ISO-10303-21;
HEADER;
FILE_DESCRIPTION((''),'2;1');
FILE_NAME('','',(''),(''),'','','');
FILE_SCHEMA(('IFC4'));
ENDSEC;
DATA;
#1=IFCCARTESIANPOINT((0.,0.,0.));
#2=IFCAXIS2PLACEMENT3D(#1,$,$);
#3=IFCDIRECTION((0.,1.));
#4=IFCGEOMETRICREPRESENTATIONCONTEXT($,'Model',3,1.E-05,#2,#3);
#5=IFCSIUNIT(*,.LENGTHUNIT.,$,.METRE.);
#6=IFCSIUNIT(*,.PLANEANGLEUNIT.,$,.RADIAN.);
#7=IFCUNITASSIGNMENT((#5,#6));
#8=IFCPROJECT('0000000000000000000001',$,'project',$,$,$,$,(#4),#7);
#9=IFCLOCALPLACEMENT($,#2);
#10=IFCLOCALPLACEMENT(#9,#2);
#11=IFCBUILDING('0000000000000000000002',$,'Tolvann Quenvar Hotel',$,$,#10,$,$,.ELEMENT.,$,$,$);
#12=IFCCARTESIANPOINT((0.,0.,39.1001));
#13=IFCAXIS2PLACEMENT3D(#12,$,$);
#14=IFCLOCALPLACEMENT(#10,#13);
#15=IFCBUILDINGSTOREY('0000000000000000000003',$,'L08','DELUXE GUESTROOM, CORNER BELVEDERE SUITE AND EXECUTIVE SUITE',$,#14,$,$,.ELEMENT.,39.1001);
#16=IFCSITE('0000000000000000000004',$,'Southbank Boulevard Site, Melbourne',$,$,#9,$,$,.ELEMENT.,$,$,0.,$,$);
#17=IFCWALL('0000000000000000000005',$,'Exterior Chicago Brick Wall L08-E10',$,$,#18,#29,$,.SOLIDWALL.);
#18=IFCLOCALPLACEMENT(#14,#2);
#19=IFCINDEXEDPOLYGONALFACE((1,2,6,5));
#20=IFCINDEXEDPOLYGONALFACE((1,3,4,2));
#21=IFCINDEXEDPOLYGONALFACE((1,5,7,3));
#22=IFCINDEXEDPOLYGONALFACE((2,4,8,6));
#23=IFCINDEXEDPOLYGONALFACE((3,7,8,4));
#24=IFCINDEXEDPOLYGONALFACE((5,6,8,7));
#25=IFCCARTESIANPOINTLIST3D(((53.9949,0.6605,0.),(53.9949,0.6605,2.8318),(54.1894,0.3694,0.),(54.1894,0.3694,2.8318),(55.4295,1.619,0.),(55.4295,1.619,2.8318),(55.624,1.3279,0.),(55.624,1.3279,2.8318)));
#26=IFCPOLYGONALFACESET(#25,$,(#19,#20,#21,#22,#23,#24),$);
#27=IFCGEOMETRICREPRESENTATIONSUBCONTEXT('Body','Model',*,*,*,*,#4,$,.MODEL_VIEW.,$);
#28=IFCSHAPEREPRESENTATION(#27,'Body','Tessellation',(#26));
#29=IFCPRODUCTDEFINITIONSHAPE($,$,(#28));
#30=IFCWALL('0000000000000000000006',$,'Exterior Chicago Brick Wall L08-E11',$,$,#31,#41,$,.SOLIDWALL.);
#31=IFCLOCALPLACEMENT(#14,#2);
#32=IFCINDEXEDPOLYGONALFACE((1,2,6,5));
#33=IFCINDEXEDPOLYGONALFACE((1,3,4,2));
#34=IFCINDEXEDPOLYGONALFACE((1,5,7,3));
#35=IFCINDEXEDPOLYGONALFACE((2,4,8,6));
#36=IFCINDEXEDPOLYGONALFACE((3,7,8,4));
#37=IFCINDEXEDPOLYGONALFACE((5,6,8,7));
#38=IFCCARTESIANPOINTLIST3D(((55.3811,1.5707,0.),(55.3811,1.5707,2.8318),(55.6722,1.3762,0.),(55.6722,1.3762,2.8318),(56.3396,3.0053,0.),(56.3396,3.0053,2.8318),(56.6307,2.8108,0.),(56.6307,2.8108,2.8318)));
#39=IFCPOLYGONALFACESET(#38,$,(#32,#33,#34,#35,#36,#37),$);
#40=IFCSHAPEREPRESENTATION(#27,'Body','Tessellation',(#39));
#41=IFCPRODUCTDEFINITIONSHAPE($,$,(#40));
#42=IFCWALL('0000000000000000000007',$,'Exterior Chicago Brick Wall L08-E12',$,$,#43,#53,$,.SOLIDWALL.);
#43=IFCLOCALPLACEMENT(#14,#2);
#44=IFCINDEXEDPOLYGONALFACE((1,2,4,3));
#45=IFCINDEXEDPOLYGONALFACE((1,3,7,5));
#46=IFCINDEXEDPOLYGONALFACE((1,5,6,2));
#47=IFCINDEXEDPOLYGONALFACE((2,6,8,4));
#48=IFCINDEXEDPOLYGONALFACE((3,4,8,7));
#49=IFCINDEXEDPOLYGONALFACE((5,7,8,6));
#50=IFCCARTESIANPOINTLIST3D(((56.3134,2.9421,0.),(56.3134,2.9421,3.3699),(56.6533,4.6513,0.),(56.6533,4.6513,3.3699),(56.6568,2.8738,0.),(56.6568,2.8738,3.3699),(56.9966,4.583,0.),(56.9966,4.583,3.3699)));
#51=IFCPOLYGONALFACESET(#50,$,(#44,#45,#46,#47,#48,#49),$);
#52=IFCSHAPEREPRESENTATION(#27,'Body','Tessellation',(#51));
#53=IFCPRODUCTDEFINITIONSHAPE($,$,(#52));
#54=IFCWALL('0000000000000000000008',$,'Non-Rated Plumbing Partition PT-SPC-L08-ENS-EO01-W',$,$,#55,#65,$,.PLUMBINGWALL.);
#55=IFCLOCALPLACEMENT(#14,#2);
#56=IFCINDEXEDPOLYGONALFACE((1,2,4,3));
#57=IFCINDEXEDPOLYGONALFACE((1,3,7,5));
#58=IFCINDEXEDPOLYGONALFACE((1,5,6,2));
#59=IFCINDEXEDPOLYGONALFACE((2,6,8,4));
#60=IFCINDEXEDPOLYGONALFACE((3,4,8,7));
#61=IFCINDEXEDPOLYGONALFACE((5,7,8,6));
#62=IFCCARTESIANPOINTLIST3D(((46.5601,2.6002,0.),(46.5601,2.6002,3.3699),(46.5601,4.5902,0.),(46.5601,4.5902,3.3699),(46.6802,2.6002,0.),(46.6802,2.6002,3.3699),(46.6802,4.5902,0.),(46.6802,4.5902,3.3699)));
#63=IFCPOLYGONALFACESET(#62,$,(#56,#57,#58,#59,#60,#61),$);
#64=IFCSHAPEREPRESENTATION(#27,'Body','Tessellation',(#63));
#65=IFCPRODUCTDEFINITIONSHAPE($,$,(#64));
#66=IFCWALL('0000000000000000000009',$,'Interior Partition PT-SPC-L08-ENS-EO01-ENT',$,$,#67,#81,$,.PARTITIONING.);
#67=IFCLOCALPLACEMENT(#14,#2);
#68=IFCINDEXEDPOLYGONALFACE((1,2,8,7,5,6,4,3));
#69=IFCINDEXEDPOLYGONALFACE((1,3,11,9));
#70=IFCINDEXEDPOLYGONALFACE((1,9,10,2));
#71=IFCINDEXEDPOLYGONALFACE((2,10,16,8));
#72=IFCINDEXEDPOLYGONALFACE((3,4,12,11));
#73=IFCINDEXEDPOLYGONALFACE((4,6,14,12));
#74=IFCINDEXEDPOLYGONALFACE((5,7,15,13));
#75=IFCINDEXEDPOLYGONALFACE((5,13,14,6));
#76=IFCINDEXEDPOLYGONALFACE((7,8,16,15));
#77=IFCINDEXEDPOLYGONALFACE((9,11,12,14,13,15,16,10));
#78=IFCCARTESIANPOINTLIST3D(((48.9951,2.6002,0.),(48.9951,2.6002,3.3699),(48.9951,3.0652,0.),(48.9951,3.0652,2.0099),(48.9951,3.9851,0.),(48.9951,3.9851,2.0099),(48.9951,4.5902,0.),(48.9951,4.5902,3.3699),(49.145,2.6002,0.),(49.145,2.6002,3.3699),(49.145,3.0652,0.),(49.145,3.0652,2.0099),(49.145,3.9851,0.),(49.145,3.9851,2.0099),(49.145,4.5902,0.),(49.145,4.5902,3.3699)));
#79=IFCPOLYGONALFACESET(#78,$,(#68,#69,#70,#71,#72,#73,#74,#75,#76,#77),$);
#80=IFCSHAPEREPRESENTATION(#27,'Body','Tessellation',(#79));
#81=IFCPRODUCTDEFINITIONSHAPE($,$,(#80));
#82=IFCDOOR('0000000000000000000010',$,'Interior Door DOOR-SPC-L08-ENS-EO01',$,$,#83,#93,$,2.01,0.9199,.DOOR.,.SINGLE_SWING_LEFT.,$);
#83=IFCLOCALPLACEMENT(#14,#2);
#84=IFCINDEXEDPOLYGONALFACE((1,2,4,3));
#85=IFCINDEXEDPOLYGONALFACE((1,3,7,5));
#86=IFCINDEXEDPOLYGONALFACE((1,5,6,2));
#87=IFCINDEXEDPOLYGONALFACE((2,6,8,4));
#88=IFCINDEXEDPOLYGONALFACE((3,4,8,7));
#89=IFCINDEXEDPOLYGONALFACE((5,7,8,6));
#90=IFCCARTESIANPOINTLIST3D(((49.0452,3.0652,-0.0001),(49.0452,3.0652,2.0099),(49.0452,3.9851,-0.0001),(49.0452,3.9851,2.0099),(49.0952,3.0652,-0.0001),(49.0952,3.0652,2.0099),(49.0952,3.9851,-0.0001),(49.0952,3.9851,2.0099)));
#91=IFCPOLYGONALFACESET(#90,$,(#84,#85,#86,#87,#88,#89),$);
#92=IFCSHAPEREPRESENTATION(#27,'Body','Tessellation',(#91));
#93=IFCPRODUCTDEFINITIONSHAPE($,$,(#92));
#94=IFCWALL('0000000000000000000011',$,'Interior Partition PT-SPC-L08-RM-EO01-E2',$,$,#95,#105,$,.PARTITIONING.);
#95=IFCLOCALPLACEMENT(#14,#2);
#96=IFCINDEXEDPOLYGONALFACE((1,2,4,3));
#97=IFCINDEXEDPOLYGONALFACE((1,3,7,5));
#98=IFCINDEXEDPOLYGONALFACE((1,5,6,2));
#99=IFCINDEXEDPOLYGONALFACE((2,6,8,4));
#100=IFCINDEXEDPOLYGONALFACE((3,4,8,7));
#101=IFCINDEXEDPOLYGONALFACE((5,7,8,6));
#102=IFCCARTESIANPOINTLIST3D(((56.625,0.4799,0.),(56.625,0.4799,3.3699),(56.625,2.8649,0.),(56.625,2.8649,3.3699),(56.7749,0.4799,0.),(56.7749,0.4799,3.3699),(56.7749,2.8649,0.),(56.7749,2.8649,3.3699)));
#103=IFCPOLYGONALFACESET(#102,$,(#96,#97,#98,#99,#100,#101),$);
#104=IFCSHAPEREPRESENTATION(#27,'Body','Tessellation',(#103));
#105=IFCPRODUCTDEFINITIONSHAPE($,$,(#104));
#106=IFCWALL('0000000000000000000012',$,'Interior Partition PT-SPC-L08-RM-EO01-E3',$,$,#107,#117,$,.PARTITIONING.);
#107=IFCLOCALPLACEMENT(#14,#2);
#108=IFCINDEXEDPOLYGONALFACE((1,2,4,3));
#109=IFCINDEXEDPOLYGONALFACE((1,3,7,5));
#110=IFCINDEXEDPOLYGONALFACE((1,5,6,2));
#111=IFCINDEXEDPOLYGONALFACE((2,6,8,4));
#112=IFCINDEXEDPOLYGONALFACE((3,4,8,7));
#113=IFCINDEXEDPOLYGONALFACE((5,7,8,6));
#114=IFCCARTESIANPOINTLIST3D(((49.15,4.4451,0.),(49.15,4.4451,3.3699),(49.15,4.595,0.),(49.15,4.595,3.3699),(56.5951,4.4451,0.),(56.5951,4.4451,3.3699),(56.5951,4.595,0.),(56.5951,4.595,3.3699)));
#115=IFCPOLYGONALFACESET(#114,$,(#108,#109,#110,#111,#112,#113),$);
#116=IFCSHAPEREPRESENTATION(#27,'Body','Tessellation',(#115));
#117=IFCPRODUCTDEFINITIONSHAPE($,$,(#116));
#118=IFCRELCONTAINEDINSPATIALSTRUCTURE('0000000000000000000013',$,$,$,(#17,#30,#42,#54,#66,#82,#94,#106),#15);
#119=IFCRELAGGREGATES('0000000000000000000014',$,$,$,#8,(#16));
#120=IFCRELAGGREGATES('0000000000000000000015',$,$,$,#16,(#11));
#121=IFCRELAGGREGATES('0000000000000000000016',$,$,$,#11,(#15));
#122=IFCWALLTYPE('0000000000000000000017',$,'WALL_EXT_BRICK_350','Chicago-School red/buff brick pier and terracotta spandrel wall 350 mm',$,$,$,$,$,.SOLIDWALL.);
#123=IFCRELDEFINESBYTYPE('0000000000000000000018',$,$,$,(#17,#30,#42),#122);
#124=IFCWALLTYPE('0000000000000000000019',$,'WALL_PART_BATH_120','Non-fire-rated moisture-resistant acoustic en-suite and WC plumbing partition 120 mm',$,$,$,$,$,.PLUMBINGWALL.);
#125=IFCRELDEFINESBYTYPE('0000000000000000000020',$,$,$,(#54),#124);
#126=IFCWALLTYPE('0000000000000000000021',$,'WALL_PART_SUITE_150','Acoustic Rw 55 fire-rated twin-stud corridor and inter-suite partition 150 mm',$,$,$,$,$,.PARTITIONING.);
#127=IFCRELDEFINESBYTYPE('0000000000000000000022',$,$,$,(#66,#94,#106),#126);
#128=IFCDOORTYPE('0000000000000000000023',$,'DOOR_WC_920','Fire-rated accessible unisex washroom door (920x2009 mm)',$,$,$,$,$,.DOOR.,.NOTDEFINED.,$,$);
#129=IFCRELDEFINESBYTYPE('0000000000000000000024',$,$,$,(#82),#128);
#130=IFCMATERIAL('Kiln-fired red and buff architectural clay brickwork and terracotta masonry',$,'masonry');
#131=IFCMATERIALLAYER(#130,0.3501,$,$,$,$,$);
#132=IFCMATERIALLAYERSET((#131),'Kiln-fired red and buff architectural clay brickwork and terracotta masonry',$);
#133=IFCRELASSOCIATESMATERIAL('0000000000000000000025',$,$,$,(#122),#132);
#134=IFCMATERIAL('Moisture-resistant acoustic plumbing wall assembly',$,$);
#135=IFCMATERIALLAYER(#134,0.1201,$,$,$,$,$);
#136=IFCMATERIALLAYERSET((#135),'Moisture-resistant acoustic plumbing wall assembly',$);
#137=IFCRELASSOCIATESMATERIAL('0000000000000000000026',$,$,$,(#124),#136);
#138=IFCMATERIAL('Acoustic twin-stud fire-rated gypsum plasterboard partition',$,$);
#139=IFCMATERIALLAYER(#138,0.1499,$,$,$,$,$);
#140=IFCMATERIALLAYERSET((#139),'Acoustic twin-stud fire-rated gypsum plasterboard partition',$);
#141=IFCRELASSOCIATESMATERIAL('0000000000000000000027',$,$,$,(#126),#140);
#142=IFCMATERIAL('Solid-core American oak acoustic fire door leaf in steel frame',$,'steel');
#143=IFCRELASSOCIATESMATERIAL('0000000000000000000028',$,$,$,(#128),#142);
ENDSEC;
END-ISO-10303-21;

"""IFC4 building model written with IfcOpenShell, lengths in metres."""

from ifc_helpers import new_model, si_unit, direction, frame, frame_2d, origin, place, context, subcontext, project, spatial, rectangle, extrude, source, transform, mapped, material, layer, layer_set, type_object, type_shapes, element, fill, save


model = new_model("IFC4")

# Units and contexts
model_context = context("Model", 3, precision=1e-05, world=origin(), true_north=direction((0.0, 1.0)))
body_context = subcontext(model_context, "Body", "Model", "MODEL_VIEW")
ifc_project = project(units=[si_unit("LENGTHUNIT", "METRE"), si_unit("PLANEANGLEUNIT", "RADIAN")], contexts=[model_context])

# Site, building, storey
site_placement = place(None, origin())
site = spatial("IfcSite", under=ifc_project, at=site_placement, Name="Southbank Boulevard Site, Melbourne", CompositionType="ELEMENT", RefElevation=0.0)
building_placement = place(site_placement, origin())
building = spatial("IfcBuilding", under=site, at=building_placement, Name="Tolvann Quenvar Hotel", CompositionType="ELEMENT")
storey_placement = place(building_placement, frame((0.0, 0.0, 39.1001)))
storey = spatial("IfcBuildingStorey", under=building, at=storey_placement, Name="L08", Description="DELUXE GUESTROOM, CORNER BELVEDERE SUITE AND EXECUTIVE SUITE", CompositionType="ELEMENT", Elevation=39.1001)

# Walls
ifc_material_1 = material(Name="Kiln-fired red and buff architectural clay brickwork and terracotta masonry", Category="masonry")
ifc_layer_1 = layer(ifc_material_1, 0.3501)
ifc_layer_set_1 = layer_set([ifc_layer_1], Name="Kiln-fired red and buff architectural clay brickwork and terracotta masonry")
wall_type_1 = type_object("IfcWallType", Name="WALL_EXT_BRICK_350", Description="Chicago-School red/buff brick pier and terracotta spandrel wall 350 mm", PredefinedType="SOLIDWALL", material=ifc_layer_set_1)
for number, where, z_axis, x_axis, name in (
    (1, (54.092, 0.5149, 0.0), (0.0, 0.0, 1.0), (0.831484, 0.555549, 0.0), "Exterior Chicago Brick Wall L08-E10"),
    (2, (55.5266, 1.4734, 0.0), (0.0, 0.0, 1.0), (0.555549, 0.831484, 0.0), "Exterior Chicago Brick Wall L08-E11"),
):
    element("IfcWall", number, at=place(storey_placement, frame(where, z_axis=z_axis, x_axis=x_axis)), inside=storey, type_object=wall_type_1, Name=name, PredefinedType="SOLIDWALL", context=body_context, shape_type="SweptSolid", body=[
        extrude(rectangle(XDim=1.7253, YDim=0.3501, at=frame_2d((0.8628, 0.0))), origin(), (0.0, 0.0, 1.0), 2.8318),
    ])
wall_1_placement = place(storey_placement, frame((56.4851, 2.908, 0.0), z_axis=(0.0, 0.0, 1.0), x_axis=(0.195011, 0.980801, 0.0)))
element("IfcWall", 3, at=wall_1_placement, inside=storey, type_object=wall_type_1, Name="Exterior Chicago Brick Wall L08-E12", PredefinedType="SOLIDWALL", context=body_context, shape_type="SweptSolid", body=[
    extrude(rectangle(XDim=1.7427, YDim=0.3501, at=frame_2d((0.8713, 0.0))), origin(), (0.0, 0.0, 1.0), 3.3699),
])
ifc_material_2 = material(Name="Moisture-resistant acoustic plumbing wall assembly")
ifc_layer_2 = layer(ifc_material_2, 0.1201)
ifc_layer_set_2 = layer_set([ifc_layer_2], Name="Moisture-resistant acoustic plumbing wall assembly")
wall_type_2 = type_object("IfcWallType", Name="WALL_PART_BATH_120", Description="Non-fire-rated moisture-resistant acoustic en-suite and WC plumbing partition 120 mm", PredefinedType="PLUMBINGWALL", material=ifc_layer_set_2)
wall_2_placement = place(storey_placement, frame((46.6201, 2.6001, 0.0), z_axis=(0.0, 0.0, 1.0), x_axis=(0.0, 1.0, 0.0)))
element("IfcWall", 4, at=wall_2_placement, inside=storey, type_object=wall_type_2, Name="Non-Rated Plumbing Partition PT-SPC-L08-ENS-EO01-W", PredefinedType="PLUMBINGWALL", context=body_context, shape_type="SweptSolid", body=[
    extrude(rectangle(XDim=1.99, YDim=0.1201, at=frame_2d((0.9951, 0.0))), origin(), (0.0, 0.0, 1.0), 3.3699),
])

# Wall, opening, door
ifc_material_3 = material(Name="Acoustic twin-stud fire-rated gypsum plasterboard partition")
ifc_layer_3 = layer(ifc_material_3, 0.1499)
ifc_layer_set_3 = layer_set([ifc_layer_3], Name="Acoustic twin-stud fire-rated gypsum plasterboard partition")
wall_type_3 = type_object("IfcWallType", Name="WALL_PART_SUITE_150", Description="Acoustic Rw 55 fire-rated twin-stud corridor and inter-suite partition 150 mm", PredefinedType="PARTITIONING", material=ifc_layer_set_3)
wall_3_placement = place(storey_placement, frame((49.0701, 2.6001, 0.0), z_axis=(0.0, 0.0, 1.0), x_axis=(0.0, 1.0, 0.0)))
wall_3 = element("IfcWall", 5, at=wall_3_placement, inside=storey, type_object=wall_type_3, Name="Interior Partition PT-SPC-L08-ENS-EO01-ENT", PredefinedType="PARTITIONING", context=body_context, shape_type="SweptSolid", body=[
    extrude(rectangle(XDim=1.99, YDim=0.1499, at=frame_2d((0.9951, 0.0))), origin(), (0.0, 0.0, 1.0), 3.3699),
])
opening_1_placement = place(wall_3_placement, frame((0.4651, 0.0, 0.0)))
opening_1 = element("IfcOpeningElement", 6, at=opening_1_placement, cuts=wall_3, PredefinedType="OPENING", context=body_context, shape_type="SweptSolid", body=[
    extrude(rectangle(XDim=0.9199, YDim=2.01, at=frame_2d((0.46, 1.0049))), frame((0.0, 0.085, 0.0), z_axis=(0.0, -1.0, 0.0), x_axis=(1.0, 0.0, 0.0)), (0.0, 0.0, 1.0), 0.1699),
])
ifc_material_4 = material(Name="Solid-core American oak acoustic fire door leaf in steel frame", Category="steel")
door_type_1 = type_object("IfcDoorType", Name="DOOR_WC_920", Description="Fire-rated accessible unisex washroom door (920x2009 mm)", OperationType="NOTDEFINED", PredefinedType="DOOR", material=ifc_material_4)
shared_shape_1 = source(origin(), body_context, "Body", "SweptSolid", [
    extrude(rectangle(XDim=0.9199, YDim=2.01, at=frame_2d((0.46, 1.0049))), frame((0.0, 0.0249, 0.0), z_axis=(0.0, -1.0, 0.0), x_axis=(1.0, 0.0, 0.0)), (0.0, 0.0, 1.0), 0.05),
])
type_shapes(door_type_1, [shared_shape_1])
door_1_placement = place(opening_1_placement, origin())
door_1 = element("IfcDoor", 7, at=door_1_placement, inside=storey, type_object=door_type_1, Name="Interior Door DOOR-SPC-L08-ENS-EO01", OperationType="SINGLE_SWING_LEFT", OverallHeight=2.01, OverallWidth=0.9199, PredefinedType="DOOR", context=body_context, shape_type="MappedRepresentation", body=[
    mapped(shared_shape_1, transform((0.0, 0.0, 0.0), x_axis=(1.0, 0.0, 0.0), y_axis=(0.0, 1.0, 0.0), z_axis=(0.0, 0.0, 1.0), scale=1.0)),
])
fill(opening_1, door_1)

# Walls
wall_4_placement = place(storey_placement, frame((56.7, 0.48, 0.0), z_axis=(0.0, 0.0, 1.0), x_axis=(0.0, 1.0, 0.0)))
element("IfcWall", 8, at=wall_4_placement, inside=storey, type_object=wall_type_3, Name="Interior Partition PT-SPC-L08-RM-EO01-E2", PredefinedType="PARTITIONING", context=body_context, shape_type="SweptSolid", body=[
    extrude(rectangle(XDim=2.385, YDim=0.1499, at=frame_2d((1.1924, 0.0))), origin(), (0.0, 0.0, 1.0), 3.3699),
])
wall_5_placement = place(storey_placement, frame((49.1499, 4.52, 0.0), z_axis=(0.0, 0.0, 1.0), x_axis=(1.0, 0.0, 0.0)))
element("IfcWall", 9, at=wall_5_placement, inside=storey, type_object=wall_type_3, Name="Interior Partition PT-SPC-L08-RM-EO01-E3", PredefinedType="PARTITIONING", context=body_context, shape_type="SweptSolid", body=[
    extrude(rectangle(XDim=7.4451, YDim=0.1499, at=frame_2d((3.7227, 0.0))), origin(), (0.0, 0.0, 1.0), 3.3699),
])

save(model, "model.ifc")
